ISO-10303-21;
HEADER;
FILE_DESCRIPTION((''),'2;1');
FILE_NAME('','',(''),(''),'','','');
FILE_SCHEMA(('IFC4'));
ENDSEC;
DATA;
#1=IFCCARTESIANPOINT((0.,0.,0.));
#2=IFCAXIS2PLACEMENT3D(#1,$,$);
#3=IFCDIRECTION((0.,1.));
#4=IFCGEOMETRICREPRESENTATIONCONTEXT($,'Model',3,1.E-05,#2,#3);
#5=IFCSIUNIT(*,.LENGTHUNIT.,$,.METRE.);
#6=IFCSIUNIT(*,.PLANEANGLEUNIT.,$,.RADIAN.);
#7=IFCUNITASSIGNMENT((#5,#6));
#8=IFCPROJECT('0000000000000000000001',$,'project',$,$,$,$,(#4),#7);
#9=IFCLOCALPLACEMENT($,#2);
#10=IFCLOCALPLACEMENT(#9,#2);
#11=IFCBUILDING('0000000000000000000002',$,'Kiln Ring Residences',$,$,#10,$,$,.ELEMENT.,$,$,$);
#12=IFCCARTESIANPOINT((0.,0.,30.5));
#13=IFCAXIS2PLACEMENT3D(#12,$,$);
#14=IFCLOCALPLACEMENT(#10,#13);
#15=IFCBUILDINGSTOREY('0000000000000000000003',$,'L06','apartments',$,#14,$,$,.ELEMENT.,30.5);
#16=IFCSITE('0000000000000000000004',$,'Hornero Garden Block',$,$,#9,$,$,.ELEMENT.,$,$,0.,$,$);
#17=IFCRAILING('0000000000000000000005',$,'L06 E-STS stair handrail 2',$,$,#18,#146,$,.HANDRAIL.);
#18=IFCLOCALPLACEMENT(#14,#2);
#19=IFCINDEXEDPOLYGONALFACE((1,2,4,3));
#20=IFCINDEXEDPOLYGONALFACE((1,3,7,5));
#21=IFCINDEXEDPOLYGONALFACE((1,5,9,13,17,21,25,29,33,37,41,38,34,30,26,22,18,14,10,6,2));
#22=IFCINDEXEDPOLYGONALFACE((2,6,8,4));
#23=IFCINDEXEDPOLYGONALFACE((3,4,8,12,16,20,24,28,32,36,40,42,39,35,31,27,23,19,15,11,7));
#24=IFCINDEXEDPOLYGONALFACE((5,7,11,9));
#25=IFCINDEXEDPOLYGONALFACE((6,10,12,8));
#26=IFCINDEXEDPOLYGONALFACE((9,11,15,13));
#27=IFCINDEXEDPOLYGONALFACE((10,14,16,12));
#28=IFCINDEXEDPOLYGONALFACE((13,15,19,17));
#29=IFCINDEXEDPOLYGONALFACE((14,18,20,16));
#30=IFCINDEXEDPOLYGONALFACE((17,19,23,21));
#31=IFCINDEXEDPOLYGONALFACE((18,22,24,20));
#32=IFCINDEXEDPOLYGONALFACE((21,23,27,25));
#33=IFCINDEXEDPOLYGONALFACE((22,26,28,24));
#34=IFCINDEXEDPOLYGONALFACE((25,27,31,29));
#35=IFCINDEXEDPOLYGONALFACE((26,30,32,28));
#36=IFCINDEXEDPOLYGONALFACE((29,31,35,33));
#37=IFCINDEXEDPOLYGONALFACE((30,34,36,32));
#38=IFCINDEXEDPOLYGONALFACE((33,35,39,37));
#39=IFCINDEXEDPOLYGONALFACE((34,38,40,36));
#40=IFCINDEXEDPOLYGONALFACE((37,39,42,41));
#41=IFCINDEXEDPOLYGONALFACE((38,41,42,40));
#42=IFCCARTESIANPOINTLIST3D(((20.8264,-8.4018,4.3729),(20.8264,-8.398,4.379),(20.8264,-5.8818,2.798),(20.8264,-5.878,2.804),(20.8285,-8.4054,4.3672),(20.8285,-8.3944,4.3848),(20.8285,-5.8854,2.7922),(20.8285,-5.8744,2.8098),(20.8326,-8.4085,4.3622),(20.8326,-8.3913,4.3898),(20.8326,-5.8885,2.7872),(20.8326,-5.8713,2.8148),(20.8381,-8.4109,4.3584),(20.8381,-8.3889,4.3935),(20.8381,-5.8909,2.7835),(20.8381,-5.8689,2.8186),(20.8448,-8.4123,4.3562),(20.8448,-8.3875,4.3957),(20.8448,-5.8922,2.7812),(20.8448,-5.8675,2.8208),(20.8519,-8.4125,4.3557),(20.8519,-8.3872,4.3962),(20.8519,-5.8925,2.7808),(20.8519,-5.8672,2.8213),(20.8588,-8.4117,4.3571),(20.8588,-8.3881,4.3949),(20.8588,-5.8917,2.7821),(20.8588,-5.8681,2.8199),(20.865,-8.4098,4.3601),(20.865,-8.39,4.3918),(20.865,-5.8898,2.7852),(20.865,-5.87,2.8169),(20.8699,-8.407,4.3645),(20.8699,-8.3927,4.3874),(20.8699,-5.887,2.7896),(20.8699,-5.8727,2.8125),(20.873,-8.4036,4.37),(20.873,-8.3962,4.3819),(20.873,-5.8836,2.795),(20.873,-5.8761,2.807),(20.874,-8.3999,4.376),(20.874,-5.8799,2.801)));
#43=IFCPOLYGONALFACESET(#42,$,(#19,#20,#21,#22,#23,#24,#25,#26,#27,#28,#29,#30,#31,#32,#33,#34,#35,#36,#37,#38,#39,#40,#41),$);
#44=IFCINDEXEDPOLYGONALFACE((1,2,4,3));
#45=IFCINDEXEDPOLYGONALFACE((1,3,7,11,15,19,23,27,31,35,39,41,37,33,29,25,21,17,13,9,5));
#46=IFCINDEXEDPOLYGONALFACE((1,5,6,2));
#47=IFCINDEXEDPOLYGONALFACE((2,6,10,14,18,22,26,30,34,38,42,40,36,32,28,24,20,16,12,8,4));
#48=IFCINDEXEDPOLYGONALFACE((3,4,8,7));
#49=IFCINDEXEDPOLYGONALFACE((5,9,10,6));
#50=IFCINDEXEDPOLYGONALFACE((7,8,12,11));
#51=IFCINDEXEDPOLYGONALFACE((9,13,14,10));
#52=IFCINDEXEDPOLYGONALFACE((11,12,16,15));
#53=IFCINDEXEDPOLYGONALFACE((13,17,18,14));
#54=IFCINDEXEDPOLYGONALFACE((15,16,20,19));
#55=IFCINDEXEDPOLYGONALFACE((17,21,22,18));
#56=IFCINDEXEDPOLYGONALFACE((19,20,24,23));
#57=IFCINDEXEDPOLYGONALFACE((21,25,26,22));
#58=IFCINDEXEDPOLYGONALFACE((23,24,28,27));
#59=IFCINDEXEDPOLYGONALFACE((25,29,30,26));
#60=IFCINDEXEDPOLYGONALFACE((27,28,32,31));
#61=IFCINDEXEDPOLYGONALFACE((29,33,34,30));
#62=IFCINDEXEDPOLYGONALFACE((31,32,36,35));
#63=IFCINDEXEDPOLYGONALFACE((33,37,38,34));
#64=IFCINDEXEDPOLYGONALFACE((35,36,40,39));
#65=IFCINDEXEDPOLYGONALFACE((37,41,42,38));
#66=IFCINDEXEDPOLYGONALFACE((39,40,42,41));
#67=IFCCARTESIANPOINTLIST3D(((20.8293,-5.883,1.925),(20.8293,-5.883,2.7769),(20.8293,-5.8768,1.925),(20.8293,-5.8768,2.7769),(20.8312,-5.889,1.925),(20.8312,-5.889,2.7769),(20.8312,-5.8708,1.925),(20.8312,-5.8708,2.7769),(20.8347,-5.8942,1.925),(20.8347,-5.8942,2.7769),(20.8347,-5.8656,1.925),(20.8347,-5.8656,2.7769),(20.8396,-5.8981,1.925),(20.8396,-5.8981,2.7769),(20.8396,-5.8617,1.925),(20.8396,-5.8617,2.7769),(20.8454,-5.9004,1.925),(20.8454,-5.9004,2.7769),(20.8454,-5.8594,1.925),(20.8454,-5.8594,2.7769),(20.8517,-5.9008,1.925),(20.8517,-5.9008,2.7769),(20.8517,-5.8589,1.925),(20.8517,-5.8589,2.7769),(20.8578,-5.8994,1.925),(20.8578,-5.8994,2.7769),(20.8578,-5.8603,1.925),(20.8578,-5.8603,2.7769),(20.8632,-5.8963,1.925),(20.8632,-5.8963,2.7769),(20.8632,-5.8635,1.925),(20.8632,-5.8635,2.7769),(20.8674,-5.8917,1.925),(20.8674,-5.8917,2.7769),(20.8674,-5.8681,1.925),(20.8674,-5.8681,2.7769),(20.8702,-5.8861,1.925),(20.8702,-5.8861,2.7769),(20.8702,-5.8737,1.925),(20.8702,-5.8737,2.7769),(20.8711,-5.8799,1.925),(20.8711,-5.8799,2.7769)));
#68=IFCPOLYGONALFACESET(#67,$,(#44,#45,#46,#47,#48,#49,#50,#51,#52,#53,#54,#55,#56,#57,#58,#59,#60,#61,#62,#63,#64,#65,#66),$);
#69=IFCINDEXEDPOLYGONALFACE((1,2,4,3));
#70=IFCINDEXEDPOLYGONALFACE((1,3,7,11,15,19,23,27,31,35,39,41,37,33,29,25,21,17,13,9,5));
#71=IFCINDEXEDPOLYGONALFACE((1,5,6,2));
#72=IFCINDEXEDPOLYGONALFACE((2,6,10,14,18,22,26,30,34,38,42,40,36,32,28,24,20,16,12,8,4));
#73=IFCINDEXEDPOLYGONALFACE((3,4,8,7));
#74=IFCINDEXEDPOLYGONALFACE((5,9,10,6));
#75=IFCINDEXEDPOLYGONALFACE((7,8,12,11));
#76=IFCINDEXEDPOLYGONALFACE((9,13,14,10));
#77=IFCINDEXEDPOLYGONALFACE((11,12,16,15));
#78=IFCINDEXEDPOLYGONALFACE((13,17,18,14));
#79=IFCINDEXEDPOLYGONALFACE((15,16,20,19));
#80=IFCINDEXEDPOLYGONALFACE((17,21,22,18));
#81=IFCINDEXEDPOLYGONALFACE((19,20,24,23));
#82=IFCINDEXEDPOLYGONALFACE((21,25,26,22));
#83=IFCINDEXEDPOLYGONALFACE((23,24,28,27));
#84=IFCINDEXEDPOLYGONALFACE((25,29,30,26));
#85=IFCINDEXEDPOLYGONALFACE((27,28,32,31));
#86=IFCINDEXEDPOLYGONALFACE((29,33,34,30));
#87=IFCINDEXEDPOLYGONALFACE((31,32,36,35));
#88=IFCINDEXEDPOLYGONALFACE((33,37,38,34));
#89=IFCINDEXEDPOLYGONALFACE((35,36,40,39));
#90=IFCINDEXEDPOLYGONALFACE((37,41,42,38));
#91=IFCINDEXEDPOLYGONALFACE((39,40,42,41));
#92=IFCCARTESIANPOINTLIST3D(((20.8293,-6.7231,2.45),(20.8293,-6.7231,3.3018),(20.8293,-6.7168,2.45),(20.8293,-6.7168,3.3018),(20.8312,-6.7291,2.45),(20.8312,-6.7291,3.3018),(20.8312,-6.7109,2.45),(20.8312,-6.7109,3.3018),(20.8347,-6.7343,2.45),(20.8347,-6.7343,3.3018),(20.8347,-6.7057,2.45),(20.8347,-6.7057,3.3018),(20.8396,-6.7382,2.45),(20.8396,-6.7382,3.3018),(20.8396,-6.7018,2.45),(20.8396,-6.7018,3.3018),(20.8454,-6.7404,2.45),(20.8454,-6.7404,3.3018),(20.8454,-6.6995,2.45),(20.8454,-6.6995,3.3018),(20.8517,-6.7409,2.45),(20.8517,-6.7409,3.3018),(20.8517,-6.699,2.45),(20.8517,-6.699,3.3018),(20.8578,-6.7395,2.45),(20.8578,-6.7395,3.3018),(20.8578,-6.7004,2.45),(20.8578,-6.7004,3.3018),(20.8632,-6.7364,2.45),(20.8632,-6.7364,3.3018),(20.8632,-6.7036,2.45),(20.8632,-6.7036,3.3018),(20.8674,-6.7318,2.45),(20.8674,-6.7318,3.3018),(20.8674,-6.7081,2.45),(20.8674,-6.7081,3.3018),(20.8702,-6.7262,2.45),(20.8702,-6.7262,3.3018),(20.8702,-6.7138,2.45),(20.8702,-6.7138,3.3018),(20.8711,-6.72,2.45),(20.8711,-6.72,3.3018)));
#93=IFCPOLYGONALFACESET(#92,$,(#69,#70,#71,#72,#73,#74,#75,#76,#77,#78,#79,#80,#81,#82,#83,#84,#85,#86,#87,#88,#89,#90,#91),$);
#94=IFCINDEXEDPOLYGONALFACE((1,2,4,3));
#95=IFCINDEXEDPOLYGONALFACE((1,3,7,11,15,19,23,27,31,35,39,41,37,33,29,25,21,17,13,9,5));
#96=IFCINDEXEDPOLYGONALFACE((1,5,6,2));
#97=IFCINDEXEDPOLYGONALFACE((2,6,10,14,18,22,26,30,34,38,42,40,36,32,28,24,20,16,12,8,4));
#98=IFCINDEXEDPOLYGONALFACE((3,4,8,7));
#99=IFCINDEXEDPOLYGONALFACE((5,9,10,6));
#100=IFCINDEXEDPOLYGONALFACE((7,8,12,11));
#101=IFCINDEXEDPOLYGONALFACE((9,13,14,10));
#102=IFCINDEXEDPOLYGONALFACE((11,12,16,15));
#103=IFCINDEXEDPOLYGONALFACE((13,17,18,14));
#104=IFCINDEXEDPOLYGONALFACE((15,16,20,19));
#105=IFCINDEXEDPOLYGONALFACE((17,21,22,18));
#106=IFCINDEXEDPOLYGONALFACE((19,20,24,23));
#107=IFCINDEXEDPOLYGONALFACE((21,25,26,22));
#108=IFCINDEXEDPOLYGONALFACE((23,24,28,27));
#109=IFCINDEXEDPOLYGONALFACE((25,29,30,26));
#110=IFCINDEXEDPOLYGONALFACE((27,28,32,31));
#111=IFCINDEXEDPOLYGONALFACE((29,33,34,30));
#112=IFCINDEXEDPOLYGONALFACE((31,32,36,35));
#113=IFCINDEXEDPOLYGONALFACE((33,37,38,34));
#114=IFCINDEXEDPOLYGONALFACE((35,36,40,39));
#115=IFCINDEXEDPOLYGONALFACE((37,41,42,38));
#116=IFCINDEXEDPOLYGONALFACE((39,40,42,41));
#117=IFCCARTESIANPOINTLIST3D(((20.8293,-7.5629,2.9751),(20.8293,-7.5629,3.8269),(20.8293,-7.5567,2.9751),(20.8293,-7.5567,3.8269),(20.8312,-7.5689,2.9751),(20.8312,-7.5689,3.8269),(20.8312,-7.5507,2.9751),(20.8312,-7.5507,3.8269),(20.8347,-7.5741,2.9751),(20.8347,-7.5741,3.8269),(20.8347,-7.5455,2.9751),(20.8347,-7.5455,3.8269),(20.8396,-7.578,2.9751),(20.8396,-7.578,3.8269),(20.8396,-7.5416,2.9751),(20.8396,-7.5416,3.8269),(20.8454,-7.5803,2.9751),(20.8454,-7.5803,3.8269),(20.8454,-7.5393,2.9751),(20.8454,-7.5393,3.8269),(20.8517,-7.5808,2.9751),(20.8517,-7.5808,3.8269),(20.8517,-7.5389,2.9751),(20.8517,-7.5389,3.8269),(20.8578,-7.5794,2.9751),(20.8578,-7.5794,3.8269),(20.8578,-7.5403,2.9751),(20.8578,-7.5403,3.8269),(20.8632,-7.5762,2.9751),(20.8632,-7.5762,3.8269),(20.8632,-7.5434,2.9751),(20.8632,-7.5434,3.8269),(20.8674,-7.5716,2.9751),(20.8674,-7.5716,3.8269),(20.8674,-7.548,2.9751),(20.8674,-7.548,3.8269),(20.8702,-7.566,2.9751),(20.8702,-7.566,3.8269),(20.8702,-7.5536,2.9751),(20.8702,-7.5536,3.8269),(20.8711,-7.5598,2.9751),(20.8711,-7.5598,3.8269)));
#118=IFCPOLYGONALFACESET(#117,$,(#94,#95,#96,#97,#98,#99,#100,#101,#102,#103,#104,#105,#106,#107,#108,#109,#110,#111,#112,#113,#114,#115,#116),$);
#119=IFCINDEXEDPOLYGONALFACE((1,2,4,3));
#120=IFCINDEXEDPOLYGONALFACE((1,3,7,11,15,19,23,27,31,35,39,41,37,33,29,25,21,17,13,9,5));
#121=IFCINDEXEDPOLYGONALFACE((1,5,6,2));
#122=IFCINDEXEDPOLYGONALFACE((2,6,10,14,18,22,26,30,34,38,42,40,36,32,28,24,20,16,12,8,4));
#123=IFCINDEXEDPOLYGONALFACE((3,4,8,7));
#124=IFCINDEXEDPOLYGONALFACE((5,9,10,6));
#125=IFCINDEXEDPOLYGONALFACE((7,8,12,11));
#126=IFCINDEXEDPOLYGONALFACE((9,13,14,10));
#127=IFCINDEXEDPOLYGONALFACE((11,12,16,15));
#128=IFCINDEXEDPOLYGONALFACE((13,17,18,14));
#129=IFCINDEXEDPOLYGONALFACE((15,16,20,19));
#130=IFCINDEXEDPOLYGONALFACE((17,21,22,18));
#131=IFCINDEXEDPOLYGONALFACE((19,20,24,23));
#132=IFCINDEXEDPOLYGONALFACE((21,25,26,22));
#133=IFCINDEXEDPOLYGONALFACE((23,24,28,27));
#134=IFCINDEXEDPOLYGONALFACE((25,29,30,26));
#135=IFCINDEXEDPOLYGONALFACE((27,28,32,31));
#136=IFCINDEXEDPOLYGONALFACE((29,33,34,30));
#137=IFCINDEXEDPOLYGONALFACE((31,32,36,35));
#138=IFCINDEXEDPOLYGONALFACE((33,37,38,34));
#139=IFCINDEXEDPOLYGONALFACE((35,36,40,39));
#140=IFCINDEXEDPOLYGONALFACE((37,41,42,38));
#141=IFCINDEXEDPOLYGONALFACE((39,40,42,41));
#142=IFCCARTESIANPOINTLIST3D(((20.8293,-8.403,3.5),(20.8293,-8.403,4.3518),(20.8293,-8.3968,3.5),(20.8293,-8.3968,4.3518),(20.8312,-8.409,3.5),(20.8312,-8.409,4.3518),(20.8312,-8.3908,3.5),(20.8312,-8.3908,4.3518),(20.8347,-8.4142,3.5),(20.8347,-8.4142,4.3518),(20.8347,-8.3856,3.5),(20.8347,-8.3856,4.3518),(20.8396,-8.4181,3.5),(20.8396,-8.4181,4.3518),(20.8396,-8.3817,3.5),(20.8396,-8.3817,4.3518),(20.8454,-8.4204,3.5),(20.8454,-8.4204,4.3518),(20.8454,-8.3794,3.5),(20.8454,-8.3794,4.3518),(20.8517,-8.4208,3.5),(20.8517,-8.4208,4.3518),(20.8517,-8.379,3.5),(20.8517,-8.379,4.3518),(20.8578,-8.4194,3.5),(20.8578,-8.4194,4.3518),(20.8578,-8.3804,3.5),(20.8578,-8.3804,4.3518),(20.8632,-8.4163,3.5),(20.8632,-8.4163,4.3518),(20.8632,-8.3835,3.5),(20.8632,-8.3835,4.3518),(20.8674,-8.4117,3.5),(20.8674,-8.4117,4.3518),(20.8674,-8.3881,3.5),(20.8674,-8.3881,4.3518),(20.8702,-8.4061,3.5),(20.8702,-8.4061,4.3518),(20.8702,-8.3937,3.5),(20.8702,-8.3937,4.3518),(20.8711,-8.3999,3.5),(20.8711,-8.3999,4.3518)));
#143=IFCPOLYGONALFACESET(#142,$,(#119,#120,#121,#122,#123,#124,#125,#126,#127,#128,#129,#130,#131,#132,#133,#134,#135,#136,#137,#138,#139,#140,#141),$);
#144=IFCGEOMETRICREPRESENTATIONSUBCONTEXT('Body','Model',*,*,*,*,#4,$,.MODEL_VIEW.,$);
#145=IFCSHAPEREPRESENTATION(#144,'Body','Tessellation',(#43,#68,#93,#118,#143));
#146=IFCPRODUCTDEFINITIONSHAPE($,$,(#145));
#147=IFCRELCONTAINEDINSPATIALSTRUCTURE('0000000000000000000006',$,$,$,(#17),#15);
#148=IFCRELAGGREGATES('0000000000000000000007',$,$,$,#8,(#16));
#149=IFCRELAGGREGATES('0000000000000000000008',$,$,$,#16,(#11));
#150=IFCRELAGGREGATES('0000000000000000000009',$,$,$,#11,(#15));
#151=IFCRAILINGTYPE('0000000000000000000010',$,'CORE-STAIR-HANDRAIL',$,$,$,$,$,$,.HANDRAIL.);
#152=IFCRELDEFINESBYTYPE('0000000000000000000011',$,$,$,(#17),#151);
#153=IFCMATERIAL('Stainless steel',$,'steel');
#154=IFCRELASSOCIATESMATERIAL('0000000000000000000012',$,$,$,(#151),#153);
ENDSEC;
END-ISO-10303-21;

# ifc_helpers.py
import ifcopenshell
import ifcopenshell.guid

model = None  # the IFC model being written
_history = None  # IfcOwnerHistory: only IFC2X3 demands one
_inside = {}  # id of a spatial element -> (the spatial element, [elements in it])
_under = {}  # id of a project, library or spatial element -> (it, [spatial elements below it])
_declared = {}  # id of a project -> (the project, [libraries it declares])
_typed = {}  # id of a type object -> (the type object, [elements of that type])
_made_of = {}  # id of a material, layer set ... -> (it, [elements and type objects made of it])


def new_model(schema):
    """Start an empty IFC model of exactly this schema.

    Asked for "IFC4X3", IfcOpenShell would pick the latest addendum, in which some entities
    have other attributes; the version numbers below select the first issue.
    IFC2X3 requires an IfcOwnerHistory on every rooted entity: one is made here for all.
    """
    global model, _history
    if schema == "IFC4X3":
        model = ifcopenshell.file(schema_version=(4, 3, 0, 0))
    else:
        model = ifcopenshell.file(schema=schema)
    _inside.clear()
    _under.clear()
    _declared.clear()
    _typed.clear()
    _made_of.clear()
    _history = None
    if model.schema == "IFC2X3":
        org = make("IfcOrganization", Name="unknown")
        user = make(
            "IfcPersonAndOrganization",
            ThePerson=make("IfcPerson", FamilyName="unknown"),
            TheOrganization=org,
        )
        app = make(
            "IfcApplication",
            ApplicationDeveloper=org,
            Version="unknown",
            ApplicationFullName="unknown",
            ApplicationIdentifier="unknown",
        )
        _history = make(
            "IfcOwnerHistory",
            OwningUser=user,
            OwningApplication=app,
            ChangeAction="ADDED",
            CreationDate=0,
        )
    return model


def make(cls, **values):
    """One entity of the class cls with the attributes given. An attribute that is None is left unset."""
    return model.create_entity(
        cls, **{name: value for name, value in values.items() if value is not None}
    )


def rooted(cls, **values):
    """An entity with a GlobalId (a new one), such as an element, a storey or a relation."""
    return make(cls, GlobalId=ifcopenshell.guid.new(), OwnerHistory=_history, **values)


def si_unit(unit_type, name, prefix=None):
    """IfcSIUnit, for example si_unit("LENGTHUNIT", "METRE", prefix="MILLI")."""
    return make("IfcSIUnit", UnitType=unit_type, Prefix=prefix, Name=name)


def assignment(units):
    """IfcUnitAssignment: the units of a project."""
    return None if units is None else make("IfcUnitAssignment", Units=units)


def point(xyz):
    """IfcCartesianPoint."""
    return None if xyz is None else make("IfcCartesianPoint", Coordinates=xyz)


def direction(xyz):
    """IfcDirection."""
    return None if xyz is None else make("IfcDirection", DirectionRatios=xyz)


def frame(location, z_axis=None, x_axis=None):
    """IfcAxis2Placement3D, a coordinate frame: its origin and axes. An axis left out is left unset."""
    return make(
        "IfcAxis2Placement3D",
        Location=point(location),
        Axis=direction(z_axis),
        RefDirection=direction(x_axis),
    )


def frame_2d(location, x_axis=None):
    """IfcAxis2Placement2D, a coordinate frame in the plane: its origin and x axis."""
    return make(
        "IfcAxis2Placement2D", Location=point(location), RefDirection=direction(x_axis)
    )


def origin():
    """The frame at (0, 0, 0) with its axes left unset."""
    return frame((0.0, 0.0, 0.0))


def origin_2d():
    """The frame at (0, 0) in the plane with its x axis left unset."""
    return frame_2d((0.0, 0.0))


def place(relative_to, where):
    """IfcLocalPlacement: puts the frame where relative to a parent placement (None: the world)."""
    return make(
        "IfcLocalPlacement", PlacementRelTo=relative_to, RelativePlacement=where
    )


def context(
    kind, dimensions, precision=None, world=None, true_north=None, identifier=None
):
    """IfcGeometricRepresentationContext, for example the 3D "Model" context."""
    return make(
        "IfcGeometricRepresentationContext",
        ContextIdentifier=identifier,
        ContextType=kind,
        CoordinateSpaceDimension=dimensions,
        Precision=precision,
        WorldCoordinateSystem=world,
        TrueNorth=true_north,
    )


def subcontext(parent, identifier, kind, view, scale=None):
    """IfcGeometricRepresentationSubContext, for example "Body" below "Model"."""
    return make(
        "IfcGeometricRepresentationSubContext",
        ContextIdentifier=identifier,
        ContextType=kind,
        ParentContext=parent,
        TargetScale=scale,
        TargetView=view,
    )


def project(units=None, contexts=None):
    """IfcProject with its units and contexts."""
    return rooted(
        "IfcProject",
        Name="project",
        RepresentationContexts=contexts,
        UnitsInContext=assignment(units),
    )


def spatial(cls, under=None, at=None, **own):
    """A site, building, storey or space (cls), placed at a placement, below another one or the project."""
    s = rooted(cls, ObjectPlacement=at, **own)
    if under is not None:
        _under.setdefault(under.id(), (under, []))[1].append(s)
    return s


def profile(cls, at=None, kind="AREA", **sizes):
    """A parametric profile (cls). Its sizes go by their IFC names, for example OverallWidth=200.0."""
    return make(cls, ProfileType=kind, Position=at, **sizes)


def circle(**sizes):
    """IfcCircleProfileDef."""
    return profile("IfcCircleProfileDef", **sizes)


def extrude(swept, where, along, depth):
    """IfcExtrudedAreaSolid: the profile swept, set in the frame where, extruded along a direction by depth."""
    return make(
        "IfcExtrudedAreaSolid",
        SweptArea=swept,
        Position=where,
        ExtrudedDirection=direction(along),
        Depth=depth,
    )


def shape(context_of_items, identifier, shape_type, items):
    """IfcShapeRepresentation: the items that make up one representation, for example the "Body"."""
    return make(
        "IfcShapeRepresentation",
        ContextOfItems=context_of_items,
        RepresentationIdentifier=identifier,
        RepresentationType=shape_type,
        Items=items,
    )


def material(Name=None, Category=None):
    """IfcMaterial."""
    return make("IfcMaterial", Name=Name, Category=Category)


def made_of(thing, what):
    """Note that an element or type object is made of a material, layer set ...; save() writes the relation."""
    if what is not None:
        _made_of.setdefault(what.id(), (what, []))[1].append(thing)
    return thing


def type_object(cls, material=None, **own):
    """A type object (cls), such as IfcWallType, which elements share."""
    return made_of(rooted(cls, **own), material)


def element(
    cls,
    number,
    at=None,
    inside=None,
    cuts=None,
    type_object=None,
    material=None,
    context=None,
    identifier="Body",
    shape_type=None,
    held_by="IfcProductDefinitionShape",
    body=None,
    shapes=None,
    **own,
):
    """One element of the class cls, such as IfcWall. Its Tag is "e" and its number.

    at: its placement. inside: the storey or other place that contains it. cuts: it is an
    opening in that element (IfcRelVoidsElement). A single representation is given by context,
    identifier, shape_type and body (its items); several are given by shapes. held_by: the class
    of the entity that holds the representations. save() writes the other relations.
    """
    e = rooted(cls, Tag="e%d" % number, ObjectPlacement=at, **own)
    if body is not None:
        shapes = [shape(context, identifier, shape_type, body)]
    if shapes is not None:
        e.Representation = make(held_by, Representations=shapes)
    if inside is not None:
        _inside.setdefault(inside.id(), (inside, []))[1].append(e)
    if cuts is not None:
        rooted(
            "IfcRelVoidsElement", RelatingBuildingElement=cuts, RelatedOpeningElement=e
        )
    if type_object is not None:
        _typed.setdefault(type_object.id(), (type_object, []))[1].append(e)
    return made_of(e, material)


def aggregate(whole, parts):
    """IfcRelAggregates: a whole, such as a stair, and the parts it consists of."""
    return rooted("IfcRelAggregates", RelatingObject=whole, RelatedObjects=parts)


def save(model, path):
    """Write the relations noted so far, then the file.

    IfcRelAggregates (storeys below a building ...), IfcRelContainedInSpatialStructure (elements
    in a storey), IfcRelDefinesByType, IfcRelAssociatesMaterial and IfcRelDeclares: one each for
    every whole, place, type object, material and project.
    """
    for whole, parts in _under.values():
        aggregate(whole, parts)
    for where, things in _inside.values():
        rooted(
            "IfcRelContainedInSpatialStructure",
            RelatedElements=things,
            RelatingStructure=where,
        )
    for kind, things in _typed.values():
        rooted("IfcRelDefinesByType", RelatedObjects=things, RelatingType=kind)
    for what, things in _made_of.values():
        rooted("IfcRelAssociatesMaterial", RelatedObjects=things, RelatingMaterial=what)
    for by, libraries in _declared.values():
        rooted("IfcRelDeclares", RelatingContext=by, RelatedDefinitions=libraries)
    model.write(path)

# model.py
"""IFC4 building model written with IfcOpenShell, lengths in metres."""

from ifc_helpers import new_model, si_unit, direction, frame, origin, origin_2d, place, context, subcontext, project, spatial, circle, extrude, material, type_object, element, save


model = new_model("IFC4")

# Units and contexts
model_context = context("Model", 3, precision=1e-05, world=origin(), true_north=direction((0.0, 1.0)))
body_context = subcontext(model_context, "Body", "Model", "MODEL_VIEW")
ifc_project = project(units=[si_unit("LENGTHUNIT", "METRE"), si_unit("PLANEANGLEUNIT", "RADIAN")], contexts=[model_context])

# Site, building, storey
site_placement = place(None, origin())
site = spatial("IfcSite", under=ifc_project, at=site_placement, Name="Hornero Garden Block", CompositionType="ELEMENT", RefElevation=0.0)
building_placement = place(site_placement, origin())
building = spatial("IfcBuilding", under=site, at=building_placement, Name="Kiln Ring Residences", CompositionType="ELEMENT")
storey_placement = place(building_placement, frame((0.0, 0.0, 30.5)))
storey = spatial("IfcBuildingStorey", under=building, at=storey_placement, Name="L06", Description="apartments", CompositionType="ELEMENT", Elevation=30.5)

# Railing
ifc_material_1 = material(Name="Stainless steel", Category="steel")
railing_type_1 = type_object("IfcRailingType", Name="CORE-STAIR-HANDRAIL", PredefinedType="HANDRAIL", material=ifc_material_1)
railing_1_placement = place(storey_placement, frame((20.8501, -5.8799, 1.925)))
element("IfcRailing", 1, at=railing_1_placement, inside=storey, type_object=railing_type_1, Name="L06 E-STS stair handrail 2", PredefinedType="HANDRAIL", context=body_context, shape_type="SweptSolid", body=[
    extrude(circle(Radius=0.0239, at=origin_2d()), frame((0.0, 0.0, 0.876), z_axis=(0.0, -0.848008, 0.529984), x_axis=(1.0, 0.0, 0.0)), (0.0, 0.0, 1.0), 2.9717),
    extrude(circle(Radius=0.021, at=origin_2d()), origin(), (0.0, 0.0, 1.0), 0.8518),
    extrude(circle(Radius=0.021, at=origin_2d()), frame((0.0, -0.8401, 0.5249)), (0.0, 0.0, 1.0), 0.8518),
    extrude(circle(Radius=0.021, at=origin_2d()), frame((0.0, -1.6799, 1.05)), (0.0, 0.0, 1.0), 0.8518),
    extrude(circle(Radius=0.021, at=origin_2d()), frame((0.0, -2.52, 1.575)), (0.0, 0.0, 1.0), 0.8518),
])

save(model, "model.ifc")
